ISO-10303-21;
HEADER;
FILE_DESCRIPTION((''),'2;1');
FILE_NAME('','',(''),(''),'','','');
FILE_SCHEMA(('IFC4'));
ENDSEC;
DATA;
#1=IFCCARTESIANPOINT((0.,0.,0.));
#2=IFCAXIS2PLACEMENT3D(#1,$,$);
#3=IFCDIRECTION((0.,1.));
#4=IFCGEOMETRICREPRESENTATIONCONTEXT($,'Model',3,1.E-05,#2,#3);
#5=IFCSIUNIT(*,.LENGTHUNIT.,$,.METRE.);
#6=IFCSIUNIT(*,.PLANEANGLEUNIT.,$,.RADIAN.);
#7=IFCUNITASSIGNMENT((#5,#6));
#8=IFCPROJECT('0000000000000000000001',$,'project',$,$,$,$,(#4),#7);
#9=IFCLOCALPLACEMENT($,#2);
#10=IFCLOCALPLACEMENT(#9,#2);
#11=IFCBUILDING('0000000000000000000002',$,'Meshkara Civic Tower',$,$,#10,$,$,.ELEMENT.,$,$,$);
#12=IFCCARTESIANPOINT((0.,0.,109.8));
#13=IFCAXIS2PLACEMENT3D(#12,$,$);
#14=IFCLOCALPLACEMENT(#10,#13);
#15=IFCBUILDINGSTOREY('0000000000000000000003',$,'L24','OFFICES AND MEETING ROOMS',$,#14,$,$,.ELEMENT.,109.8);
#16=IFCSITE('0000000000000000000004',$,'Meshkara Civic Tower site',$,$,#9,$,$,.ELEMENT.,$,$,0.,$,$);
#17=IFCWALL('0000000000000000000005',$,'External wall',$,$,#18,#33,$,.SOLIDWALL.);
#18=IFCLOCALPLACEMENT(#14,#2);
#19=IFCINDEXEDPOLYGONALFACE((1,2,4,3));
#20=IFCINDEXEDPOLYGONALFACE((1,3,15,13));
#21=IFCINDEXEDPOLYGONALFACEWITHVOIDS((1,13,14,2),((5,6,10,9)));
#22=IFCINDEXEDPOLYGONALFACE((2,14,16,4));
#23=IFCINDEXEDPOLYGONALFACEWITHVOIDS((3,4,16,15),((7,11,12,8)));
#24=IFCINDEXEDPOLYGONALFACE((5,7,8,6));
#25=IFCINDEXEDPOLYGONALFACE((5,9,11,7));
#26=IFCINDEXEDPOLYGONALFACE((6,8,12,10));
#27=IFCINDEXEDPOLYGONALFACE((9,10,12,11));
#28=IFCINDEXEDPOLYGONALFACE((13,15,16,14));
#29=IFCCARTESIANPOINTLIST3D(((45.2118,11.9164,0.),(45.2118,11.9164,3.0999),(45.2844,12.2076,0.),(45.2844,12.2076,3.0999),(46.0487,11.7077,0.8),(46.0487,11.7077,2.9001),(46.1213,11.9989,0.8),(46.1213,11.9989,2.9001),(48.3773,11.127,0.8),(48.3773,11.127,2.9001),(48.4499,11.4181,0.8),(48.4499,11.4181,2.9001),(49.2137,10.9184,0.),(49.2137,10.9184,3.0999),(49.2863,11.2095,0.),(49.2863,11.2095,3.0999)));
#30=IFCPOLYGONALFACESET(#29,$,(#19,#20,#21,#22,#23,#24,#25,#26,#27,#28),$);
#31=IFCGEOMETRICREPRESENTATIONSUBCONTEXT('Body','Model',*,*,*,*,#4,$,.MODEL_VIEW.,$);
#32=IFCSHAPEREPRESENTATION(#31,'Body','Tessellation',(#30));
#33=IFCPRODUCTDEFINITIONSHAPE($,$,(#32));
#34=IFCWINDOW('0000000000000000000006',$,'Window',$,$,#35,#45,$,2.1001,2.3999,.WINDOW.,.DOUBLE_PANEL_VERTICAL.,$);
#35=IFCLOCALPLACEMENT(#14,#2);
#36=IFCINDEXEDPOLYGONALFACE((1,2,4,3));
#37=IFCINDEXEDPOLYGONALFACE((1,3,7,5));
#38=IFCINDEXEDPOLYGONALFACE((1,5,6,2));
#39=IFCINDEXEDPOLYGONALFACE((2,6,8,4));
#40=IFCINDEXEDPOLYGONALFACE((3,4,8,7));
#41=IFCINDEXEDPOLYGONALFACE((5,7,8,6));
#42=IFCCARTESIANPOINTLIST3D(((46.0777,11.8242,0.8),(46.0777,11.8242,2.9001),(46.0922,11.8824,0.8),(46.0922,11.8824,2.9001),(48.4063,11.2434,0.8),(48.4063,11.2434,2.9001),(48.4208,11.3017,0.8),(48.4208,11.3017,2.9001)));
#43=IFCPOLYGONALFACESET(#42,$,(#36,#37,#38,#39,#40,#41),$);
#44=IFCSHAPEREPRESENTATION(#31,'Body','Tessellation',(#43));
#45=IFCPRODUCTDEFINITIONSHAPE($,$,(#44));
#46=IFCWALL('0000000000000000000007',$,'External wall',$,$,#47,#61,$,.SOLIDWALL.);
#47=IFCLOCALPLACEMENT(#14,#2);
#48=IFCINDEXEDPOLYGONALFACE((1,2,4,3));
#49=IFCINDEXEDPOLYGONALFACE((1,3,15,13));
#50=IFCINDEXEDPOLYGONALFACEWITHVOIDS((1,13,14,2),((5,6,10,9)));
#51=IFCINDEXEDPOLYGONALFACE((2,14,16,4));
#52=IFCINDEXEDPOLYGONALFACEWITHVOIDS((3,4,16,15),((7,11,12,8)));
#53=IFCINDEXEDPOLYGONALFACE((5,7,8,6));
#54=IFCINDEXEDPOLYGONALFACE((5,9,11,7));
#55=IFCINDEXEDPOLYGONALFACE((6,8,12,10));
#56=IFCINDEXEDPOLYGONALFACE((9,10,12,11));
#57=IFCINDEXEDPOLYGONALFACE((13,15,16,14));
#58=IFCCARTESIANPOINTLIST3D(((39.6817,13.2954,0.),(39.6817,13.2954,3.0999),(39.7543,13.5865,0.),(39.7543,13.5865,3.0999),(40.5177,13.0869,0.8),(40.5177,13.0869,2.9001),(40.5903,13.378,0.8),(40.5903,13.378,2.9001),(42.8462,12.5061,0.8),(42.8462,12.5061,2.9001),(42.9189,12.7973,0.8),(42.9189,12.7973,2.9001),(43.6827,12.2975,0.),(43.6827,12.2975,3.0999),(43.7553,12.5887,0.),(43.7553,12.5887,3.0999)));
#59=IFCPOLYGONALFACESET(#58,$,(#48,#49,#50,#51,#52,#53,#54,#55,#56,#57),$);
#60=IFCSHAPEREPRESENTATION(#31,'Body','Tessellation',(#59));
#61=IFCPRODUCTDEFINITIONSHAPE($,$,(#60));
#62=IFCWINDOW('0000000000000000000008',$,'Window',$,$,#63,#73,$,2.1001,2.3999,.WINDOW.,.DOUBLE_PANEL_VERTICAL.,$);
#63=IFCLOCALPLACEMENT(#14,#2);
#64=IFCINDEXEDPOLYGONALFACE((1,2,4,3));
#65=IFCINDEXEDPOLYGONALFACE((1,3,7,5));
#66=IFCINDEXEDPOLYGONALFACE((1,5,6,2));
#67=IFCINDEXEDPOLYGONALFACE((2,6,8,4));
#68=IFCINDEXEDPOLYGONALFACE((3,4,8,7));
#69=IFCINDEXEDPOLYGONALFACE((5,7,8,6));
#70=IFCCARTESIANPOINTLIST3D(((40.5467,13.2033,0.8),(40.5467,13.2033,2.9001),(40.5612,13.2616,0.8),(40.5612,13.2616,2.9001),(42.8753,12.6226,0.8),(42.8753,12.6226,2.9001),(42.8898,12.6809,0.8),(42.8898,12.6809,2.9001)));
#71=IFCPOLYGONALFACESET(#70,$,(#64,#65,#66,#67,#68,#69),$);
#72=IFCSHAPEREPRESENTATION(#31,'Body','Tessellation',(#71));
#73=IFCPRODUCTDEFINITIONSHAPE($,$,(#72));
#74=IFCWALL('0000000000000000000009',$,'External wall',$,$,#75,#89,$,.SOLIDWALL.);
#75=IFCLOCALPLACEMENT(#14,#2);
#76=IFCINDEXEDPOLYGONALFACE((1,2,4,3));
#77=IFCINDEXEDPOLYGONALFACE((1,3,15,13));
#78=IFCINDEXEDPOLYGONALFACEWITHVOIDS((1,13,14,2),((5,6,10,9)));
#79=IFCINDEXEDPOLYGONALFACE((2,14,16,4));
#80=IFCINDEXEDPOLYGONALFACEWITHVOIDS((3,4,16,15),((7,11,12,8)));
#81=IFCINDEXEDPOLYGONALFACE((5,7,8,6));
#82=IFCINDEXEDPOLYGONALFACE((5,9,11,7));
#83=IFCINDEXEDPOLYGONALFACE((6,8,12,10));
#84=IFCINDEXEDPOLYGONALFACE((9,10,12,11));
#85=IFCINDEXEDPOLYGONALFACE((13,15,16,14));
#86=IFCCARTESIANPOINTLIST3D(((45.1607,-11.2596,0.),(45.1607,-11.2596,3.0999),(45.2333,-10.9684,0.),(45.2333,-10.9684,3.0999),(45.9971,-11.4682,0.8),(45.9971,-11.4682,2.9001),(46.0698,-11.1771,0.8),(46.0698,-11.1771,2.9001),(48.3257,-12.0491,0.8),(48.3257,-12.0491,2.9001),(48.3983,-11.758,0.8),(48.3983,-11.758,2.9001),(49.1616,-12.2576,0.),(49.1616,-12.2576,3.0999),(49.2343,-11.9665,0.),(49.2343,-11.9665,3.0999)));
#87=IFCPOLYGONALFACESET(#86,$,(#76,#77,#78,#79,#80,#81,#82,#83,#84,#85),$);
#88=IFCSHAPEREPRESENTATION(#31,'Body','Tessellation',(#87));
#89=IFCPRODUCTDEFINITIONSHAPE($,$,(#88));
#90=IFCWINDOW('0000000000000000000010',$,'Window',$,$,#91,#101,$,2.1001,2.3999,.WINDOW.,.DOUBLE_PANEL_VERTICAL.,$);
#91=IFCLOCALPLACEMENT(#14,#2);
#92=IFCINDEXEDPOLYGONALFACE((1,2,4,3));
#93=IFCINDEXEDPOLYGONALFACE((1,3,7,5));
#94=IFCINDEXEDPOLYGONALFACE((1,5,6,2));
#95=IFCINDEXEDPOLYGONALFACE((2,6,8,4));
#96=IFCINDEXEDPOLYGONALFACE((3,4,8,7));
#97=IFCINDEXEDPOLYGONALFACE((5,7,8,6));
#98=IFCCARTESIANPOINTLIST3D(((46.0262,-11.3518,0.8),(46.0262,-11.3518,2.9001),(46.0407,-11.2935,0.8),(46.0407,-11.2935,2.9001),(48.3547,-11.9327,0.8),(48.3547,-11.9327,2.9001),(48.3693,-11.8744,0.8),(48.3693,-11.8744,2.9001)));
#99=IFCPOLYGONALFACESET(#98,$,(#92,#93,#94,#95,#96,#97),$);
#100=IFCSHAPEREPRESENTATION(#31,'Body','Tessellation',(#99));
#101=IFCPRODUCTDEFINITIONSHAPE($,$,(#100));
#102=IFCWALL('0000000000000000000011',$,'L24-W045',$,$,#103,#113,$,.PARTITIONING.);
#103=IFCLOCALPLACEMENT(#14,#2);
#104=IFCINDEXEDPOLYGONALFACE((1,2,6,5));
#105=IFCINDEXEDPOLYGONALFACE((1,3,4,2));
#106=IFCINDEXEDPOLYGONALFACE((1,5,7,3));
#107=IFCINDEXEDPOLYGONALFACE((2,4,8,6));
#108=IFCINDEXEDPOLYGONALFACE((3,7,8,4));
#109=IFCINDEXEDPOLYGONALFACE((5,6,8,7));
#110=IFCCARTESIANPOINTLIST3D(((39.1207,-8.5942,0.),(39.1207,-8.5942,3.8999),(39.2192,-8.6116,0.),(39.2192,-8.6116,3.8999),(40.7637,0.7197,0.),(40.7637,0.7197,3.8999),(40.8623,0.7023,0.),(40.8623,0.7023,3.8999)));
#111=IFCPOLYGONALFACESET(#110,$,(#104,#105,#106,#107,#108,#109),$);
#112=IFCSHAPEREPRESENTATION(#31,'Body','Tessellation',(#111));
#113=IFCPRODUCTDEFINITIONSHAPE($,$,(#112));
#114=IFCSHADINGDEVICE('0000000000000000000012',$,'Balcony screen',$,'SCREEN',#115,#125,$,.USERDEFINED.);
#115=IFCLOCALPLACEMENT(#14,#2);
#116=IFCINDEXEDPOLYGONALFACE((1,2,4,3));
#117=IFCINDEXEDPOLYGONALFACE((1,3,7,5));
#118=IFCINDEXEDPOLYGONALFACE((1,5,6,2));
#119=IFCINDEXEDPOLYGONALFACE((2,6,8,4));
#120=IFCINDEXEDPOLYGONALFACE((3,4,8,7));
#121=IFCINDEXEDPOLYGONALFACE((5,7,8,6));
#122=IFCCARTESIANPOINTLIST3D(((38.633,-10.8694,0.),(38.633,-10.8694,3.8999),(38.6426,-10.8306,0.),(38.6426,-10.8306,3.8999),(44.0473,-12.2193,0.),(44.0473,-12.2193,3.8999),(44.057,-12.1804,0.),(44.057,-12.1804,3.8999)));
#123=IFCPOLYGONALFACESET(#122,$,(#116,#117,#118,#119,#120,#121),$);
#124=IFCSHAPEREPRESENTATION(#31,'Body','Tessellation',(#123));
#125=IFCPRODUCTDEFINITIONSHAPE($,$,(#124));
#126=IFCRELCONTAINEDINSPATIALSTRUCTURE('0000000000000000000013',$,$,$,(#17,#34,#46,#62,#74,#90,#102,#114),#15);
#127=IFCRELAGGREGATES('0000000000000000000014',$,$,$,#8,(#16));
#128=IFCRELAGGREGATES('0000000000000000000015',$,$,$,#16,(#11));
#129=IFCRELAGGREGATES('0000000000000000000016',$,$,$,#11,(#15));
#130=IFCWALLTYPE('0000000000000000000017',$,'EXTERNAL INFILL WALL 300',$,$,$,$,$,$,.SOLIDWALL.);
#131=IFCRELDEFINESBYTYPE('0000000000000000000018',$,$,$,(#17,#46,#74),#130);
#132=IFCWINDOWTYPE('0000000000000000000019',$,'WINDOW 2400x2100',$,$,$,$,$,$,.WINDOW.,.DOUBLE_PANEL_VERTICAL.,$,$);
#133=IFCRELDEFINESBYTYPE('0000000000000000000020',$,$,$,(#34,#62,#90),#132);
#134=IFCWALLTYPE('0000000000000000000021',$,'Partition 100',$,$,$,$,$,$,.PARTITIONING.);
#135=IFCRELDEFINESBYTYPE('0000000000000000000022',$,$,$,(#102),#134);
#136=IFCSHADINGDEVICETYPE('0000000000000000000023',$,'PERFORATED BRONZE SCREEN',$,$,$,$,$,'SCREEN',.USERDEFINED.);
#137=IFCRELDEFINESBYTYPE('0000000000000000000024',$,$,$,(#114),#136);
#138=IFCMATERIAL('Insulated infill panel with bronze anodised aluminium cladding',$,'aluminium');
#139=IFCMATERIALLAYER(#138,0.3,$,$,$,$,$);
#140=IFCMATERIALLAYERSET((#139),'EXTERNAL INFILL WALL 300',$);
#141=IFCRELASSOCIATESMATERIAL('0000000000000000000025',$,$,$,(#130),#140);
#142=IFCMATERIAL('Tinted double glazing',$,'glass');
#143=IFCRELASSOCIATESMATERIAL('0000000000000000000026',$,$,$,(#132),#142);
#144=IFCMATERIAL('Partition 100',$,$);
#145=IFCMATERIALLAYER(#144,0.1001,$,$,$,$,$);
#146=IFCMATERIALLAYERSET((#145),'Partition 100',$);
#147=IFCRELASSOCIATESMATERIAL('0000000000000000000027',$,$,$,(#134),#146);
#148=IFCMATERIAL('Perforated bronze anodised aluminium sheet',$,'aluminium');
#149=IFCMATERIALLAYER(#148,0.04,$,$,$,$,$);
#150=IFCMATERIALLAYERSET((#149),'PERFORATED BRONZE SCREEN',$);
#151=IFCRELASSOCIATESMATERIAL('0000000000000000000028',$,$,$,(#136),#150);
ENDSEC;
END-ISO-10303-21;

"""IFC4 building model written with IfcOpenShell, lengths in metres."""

from ifc_helpers import new_model, si_unit, direction, frame, frame_2d, origin, origin_2d, place, context, subcontext, project, spatial, rectangle, extrude, material, layer, layer_set, type_object, element, fill, save


model = new_model("IFC4")

# Units and contexts
model_context = context("Model", 3, precision=1e-05, world=origin(), true_north=direction((0.0, 1.0)))
body_context = subcontext(model_context, "Body", "Model", "MODEL_VIEW")
ifc_project = project(units=[si_unit("LENGTHUNIT", "METRE"), si_unit("PLANEANGLEUNIT", "RADIAN")], contexts=[model_context])

# Site, building, storey
site_placement = place(None, origin())
site = spatial("IfcSite", under=ifc_project, at=site_placement, Name="Meshkara Civic Tower site", CompositionType="ELEMENT", RefElevation=0.0)
building_placement = place(site_placement, origin())
building = spatial("IfcBuilding", under=site, at=building_placement, Name="Meshkara Civic Tower", CompositionType="ELEMENT")
storey_placement = place(building_placement, frame((0.0, 0.0, 109.8)))
storey = spatial("IfcBuildingStorey", under=building, at=storey_placement, Name="L24", Description="OFFICES AND MEETING ROOMS", CompositionType="ELEMENT", Elevation=109.8)

# Walls, openings, windows
ifc_material_1 = material(Name="Insulated infill panel with bronze anodised aluminium cladding", Category="aluminium")
ifc_layer_1 = layer(ifc_material_1, 0.3)
ifc_layer_set_1 = layer_set([ifc_layer_1], Name="EXTERNAL INFILL WALL 300")
wall_type_1 = type_object("IfcWallType", Name="EXTERNAL INFILL WALL 300", PredefinedType="SOLIDWALL", material=ifc_layer_set_1)
wall_1_placement = place(storey_placement, frame((49.25, 11.064, 0.0), z_axis=(0.0, 0.0, 1.0), x_axis=(-0.970282, 0.241978, 0.0)))
wall_1 = element("IfcWall", 1, at=wall_1_placement, inside=storey, type_object=wall_type_1, Name="External wall", PredefinedType="SOLIDWALL", context=body_context, shape_type="SweptSolid", body=[
    extrude(rectangle(XDim=4.1245, YDim=0.3, at=frame_2d((2.0623, 0.0))), origin(), (0.0, 0.0, 1.0), 3.0999),
])
opening_1_placement = place(wall_1_placement, frame((0.8621, 0.0, 0.8)))
opening_1 = element("IfcOpeningElement", 2, at=opening_1_placement, cuts=wall_1, PredefinedType="OPENING", context=body_context, shape_type="SweptSolid", body=[
    extrude(rectangle(XDim=2.3999, YDim=2.1001, at=frame_2d((1.2, 1.05))), frame((0.0, 0.1599, 0.0), z_axis=(0.0, -1.0, 0.0), x_axis=(1.0, 0.0, 0.0)), (0.0, 0.0, 1.0), 0.3201),
])
ifc_material_2 = material(Name="Tinted double glazing", Category="glass")
window_type = type_object("IfcWindowType", Name="WINDOW 2400x2100", PartitioningType="DOUBLE_PANEL_VERTICAL", PredefinedType="WINDOW", material=ifc_material_2)
window_1_placement = place(opening_1_placement, origin())
window_1 = element("IfcWindow", 3, at=window_1_placement, inside=storey, type_object=window_type, Name="Window", OverallHeight=2.1001, OverallWidth=2.3999, PartitioningType="DOUBLE_PANEL_VERTICAL", PredefinedType="WINDOW", context=body_context, shape_type="SweptSolid", body=[
    extrude(rectangle(XDim=2.3999, YDim=2.1001, at=frame_2d((1.2, 1.05))), frame((0.0, 0.03, 0.0), z_axis=(0.0, -1.0, 0.0), x_axis=(1.0, 0.0, 0.0)), (0.0, 0.0, 1.0), 0.0601),
])
fill(opening_1, window_1)
wall_2_placement = place(storey_placement, frame((43.719, 12.4431, 0.0), z_axis=(0.0, 0.0, 1.0), x_axis=(-0.970282, 0.241978, 0.0)))
wall_2 = element("IfcWall", 4, at=wall_2_placement, inside=storey, type_object=wall_type_1, Name="External wall", PredefinedType="SOLIDWALL", context=body_context, shape_type="SweptSolid", body=[
    extrude(rectangle(XDim=4.1235, YDim=0.3, at=frame_2d((2.0618, 0.0))), origin(), (0.0, 0.0, 1.0), 3.0999),
])
opening_2_placement = place(wall_2_placement, frame((0.8621, 0.0, 0.8)))
opening_2 = element("IfcOpeningElement", 5, at=opening_2_placement, cuts=wall_2, PredefinedType="OPENING", context=body_context, shape_type="SweptSolid", body=[
    extrude(rectangle(XDim=2.3999, YDim=2.1001, at=frame_2d((1.2, 1.05))), frame((0.0, 0.1599, 0.0), z_axis=(0.0, -1.0, 0.0), x_axis=(1.0, 0.0, 0.0)), (0.0, 0.0, 1.0), 0.3201),
])
window_2_placement = place(opening_2_placement, origin())
window_2 = element("IfcWindow", 6, at=window_2_placement, inside=storey, type_object=window_type, Name="Window", OverallHeight=2.1001, OverallWidth=2.3999, PartitioningType="DOUBLE_PANEL_VERTICAL", PredefinedType="WINDOW", context=body_context, shape_type="SweptSolid", body=[
    extrude(rectangle(XDim=2.3999, YDim=2.1001, at=frame_2d((1.2, 1.05))), frame((0.0, 0.03, 0.0), z_axis=(0.0, -1.0, 0.0), x_axis=(1.0, 0.0, 0.0)), (0.0, 0.0, 1.0), 0.0601),
])
fill(opening_2, window_2)
wall_3_placement = place(storey_placement, frame((45.197, -11.114, 0.0), z_axis=(0.0, 0.0, 1.0), x_axis=(0.970268, -0.242034, 0.0)))
wall_3 = element("IfcWall", 7, at=wall_3_placement, inside=storey, type_object=wall_type_1, Name="External wall", PredefinedType="SOLIDWALL", context=body_context, shape_type="SweptSolid", body=[
    extrude(rectangle(XDim=4.1235, YDim=0.3, at=frame_2d((2.0618, 0.0))), origin(), (0.0, 0.0, 1.0), 3.0999),
])
opening_3_placement = place(wall_3_placement, frame((0.8621, 0.0, 0.8)))
opening_3 = element("IfcOpeningElement", 8, at=opening_3_placement, cuts=wall_3, PredefinedType="OPENING", context=body_context, shape_type="SweptSolid", body=[
    extrude(rectangle(XDim=2.3999, YDim=2.1001, at=frame_2d((1.2, 1.05))), frame((0.0, 0.1599, 0.0), z_axis=(0.0, -1.0, 0.0), x_axis=(1.0, 0.0, 0.0)), (0.0, 0.0, 1.0), 0.3201),
])
window_3_placement = place(opening_3_placement, origin())
window_3 = element("IfcWindow", 9, at=window_3_placement, inside=storey, type_object=window_type, Name="Window", OverallHeight=2.1001, OverallWidth=2.3999, PartitioningType="DOUBLE_PANEL_VERTICAL", PredefinedType="WINDOW", context=body_context, shape_type="SweptSolid", body=[
    extrude(rectangle(XDim=2.3999, YDim=2.1001, at=frame_2d((1.2, 1.05))), frame((0.0, 0.03, 0.0), z_axis=(0.0, -1.0, 0.0), x_axis=(1.0, 0.0, 0.0)), (0.0, 0.0, 1.0), 0.0601),
])
fill(opening_3, window_3)

# Wall
ifc_material_3 = material(Name="Partition 100")
ifc_layer_2 = layer(ifc_material_3, 0.1001)
ifc_layer_set_2 = layer_set([ifc_layer_2], Name="Partition 100")
wall_type_2 = type_object("IfcWallType", Name="Partition 100", PredefinedType="PARTITIONING", material=ifc_layer_set_2)
wall_4_placement = place(storey_placement, frame((39.1699, -8.603, 0.0), z_axis=(0.0, 0.0, 1.0), x_axis=(0.173726, 0.984794, 0.0)))
element("IfcWall", 10, at=wall_4_placement, inside=storey, type_object=wall_type_2, Name="L24-W045", PredefinedType="PARTITIONING", context=body_context, shape_type="SweptSolid", body=[
    extrude(rectangle(XDim=9.4578, YDim=0.1001, at=frame_2d((4.729, 0.0))), origin(), (0.0, 0.0, 1.0), 3.8999),
])

# Shading device
ifc_material_4 = material(Name="Perforated bronze anodised aluminium sheet", Category="aluminium")
ifc_layer_3 = layer(ifc_material_4, 0.04)
ifc_layer_set_3 = layer_set([ifc_layer_3], Name="PERFORATED BRONZE SCREEN")
shading_device_type = type_object("IfcShadingDeviceType", Name="PERFORATED BRONZE SCREEN", ElementType="SCREEN", PredefinedType="USERDEFINED", material=ifc_layer_set_3)
shading_device_placement = place(storey_placement, frame((41.345, -11.5249, 0.0), z_axis=(0.0, 0.0, 1.0), x_axis=(0.9703, -0.241905, 0.0)))
element("IfcShadingDevice", 11, at=shading_device_placement, inside=storey, type_object=shading_device_type, Name="Balcony screen", ObjectType="SCREEN", PredefinedType="USERDEFINED", context=body_context, shape_type="SweptSolid", body=[
    extrude(rectangle(XDim=5.5801, YDim=0.04, at=origin_2d()), origin(), (0.0, 0.0, 1.0), 3.8999),
])

save(model, "model.ifc")
